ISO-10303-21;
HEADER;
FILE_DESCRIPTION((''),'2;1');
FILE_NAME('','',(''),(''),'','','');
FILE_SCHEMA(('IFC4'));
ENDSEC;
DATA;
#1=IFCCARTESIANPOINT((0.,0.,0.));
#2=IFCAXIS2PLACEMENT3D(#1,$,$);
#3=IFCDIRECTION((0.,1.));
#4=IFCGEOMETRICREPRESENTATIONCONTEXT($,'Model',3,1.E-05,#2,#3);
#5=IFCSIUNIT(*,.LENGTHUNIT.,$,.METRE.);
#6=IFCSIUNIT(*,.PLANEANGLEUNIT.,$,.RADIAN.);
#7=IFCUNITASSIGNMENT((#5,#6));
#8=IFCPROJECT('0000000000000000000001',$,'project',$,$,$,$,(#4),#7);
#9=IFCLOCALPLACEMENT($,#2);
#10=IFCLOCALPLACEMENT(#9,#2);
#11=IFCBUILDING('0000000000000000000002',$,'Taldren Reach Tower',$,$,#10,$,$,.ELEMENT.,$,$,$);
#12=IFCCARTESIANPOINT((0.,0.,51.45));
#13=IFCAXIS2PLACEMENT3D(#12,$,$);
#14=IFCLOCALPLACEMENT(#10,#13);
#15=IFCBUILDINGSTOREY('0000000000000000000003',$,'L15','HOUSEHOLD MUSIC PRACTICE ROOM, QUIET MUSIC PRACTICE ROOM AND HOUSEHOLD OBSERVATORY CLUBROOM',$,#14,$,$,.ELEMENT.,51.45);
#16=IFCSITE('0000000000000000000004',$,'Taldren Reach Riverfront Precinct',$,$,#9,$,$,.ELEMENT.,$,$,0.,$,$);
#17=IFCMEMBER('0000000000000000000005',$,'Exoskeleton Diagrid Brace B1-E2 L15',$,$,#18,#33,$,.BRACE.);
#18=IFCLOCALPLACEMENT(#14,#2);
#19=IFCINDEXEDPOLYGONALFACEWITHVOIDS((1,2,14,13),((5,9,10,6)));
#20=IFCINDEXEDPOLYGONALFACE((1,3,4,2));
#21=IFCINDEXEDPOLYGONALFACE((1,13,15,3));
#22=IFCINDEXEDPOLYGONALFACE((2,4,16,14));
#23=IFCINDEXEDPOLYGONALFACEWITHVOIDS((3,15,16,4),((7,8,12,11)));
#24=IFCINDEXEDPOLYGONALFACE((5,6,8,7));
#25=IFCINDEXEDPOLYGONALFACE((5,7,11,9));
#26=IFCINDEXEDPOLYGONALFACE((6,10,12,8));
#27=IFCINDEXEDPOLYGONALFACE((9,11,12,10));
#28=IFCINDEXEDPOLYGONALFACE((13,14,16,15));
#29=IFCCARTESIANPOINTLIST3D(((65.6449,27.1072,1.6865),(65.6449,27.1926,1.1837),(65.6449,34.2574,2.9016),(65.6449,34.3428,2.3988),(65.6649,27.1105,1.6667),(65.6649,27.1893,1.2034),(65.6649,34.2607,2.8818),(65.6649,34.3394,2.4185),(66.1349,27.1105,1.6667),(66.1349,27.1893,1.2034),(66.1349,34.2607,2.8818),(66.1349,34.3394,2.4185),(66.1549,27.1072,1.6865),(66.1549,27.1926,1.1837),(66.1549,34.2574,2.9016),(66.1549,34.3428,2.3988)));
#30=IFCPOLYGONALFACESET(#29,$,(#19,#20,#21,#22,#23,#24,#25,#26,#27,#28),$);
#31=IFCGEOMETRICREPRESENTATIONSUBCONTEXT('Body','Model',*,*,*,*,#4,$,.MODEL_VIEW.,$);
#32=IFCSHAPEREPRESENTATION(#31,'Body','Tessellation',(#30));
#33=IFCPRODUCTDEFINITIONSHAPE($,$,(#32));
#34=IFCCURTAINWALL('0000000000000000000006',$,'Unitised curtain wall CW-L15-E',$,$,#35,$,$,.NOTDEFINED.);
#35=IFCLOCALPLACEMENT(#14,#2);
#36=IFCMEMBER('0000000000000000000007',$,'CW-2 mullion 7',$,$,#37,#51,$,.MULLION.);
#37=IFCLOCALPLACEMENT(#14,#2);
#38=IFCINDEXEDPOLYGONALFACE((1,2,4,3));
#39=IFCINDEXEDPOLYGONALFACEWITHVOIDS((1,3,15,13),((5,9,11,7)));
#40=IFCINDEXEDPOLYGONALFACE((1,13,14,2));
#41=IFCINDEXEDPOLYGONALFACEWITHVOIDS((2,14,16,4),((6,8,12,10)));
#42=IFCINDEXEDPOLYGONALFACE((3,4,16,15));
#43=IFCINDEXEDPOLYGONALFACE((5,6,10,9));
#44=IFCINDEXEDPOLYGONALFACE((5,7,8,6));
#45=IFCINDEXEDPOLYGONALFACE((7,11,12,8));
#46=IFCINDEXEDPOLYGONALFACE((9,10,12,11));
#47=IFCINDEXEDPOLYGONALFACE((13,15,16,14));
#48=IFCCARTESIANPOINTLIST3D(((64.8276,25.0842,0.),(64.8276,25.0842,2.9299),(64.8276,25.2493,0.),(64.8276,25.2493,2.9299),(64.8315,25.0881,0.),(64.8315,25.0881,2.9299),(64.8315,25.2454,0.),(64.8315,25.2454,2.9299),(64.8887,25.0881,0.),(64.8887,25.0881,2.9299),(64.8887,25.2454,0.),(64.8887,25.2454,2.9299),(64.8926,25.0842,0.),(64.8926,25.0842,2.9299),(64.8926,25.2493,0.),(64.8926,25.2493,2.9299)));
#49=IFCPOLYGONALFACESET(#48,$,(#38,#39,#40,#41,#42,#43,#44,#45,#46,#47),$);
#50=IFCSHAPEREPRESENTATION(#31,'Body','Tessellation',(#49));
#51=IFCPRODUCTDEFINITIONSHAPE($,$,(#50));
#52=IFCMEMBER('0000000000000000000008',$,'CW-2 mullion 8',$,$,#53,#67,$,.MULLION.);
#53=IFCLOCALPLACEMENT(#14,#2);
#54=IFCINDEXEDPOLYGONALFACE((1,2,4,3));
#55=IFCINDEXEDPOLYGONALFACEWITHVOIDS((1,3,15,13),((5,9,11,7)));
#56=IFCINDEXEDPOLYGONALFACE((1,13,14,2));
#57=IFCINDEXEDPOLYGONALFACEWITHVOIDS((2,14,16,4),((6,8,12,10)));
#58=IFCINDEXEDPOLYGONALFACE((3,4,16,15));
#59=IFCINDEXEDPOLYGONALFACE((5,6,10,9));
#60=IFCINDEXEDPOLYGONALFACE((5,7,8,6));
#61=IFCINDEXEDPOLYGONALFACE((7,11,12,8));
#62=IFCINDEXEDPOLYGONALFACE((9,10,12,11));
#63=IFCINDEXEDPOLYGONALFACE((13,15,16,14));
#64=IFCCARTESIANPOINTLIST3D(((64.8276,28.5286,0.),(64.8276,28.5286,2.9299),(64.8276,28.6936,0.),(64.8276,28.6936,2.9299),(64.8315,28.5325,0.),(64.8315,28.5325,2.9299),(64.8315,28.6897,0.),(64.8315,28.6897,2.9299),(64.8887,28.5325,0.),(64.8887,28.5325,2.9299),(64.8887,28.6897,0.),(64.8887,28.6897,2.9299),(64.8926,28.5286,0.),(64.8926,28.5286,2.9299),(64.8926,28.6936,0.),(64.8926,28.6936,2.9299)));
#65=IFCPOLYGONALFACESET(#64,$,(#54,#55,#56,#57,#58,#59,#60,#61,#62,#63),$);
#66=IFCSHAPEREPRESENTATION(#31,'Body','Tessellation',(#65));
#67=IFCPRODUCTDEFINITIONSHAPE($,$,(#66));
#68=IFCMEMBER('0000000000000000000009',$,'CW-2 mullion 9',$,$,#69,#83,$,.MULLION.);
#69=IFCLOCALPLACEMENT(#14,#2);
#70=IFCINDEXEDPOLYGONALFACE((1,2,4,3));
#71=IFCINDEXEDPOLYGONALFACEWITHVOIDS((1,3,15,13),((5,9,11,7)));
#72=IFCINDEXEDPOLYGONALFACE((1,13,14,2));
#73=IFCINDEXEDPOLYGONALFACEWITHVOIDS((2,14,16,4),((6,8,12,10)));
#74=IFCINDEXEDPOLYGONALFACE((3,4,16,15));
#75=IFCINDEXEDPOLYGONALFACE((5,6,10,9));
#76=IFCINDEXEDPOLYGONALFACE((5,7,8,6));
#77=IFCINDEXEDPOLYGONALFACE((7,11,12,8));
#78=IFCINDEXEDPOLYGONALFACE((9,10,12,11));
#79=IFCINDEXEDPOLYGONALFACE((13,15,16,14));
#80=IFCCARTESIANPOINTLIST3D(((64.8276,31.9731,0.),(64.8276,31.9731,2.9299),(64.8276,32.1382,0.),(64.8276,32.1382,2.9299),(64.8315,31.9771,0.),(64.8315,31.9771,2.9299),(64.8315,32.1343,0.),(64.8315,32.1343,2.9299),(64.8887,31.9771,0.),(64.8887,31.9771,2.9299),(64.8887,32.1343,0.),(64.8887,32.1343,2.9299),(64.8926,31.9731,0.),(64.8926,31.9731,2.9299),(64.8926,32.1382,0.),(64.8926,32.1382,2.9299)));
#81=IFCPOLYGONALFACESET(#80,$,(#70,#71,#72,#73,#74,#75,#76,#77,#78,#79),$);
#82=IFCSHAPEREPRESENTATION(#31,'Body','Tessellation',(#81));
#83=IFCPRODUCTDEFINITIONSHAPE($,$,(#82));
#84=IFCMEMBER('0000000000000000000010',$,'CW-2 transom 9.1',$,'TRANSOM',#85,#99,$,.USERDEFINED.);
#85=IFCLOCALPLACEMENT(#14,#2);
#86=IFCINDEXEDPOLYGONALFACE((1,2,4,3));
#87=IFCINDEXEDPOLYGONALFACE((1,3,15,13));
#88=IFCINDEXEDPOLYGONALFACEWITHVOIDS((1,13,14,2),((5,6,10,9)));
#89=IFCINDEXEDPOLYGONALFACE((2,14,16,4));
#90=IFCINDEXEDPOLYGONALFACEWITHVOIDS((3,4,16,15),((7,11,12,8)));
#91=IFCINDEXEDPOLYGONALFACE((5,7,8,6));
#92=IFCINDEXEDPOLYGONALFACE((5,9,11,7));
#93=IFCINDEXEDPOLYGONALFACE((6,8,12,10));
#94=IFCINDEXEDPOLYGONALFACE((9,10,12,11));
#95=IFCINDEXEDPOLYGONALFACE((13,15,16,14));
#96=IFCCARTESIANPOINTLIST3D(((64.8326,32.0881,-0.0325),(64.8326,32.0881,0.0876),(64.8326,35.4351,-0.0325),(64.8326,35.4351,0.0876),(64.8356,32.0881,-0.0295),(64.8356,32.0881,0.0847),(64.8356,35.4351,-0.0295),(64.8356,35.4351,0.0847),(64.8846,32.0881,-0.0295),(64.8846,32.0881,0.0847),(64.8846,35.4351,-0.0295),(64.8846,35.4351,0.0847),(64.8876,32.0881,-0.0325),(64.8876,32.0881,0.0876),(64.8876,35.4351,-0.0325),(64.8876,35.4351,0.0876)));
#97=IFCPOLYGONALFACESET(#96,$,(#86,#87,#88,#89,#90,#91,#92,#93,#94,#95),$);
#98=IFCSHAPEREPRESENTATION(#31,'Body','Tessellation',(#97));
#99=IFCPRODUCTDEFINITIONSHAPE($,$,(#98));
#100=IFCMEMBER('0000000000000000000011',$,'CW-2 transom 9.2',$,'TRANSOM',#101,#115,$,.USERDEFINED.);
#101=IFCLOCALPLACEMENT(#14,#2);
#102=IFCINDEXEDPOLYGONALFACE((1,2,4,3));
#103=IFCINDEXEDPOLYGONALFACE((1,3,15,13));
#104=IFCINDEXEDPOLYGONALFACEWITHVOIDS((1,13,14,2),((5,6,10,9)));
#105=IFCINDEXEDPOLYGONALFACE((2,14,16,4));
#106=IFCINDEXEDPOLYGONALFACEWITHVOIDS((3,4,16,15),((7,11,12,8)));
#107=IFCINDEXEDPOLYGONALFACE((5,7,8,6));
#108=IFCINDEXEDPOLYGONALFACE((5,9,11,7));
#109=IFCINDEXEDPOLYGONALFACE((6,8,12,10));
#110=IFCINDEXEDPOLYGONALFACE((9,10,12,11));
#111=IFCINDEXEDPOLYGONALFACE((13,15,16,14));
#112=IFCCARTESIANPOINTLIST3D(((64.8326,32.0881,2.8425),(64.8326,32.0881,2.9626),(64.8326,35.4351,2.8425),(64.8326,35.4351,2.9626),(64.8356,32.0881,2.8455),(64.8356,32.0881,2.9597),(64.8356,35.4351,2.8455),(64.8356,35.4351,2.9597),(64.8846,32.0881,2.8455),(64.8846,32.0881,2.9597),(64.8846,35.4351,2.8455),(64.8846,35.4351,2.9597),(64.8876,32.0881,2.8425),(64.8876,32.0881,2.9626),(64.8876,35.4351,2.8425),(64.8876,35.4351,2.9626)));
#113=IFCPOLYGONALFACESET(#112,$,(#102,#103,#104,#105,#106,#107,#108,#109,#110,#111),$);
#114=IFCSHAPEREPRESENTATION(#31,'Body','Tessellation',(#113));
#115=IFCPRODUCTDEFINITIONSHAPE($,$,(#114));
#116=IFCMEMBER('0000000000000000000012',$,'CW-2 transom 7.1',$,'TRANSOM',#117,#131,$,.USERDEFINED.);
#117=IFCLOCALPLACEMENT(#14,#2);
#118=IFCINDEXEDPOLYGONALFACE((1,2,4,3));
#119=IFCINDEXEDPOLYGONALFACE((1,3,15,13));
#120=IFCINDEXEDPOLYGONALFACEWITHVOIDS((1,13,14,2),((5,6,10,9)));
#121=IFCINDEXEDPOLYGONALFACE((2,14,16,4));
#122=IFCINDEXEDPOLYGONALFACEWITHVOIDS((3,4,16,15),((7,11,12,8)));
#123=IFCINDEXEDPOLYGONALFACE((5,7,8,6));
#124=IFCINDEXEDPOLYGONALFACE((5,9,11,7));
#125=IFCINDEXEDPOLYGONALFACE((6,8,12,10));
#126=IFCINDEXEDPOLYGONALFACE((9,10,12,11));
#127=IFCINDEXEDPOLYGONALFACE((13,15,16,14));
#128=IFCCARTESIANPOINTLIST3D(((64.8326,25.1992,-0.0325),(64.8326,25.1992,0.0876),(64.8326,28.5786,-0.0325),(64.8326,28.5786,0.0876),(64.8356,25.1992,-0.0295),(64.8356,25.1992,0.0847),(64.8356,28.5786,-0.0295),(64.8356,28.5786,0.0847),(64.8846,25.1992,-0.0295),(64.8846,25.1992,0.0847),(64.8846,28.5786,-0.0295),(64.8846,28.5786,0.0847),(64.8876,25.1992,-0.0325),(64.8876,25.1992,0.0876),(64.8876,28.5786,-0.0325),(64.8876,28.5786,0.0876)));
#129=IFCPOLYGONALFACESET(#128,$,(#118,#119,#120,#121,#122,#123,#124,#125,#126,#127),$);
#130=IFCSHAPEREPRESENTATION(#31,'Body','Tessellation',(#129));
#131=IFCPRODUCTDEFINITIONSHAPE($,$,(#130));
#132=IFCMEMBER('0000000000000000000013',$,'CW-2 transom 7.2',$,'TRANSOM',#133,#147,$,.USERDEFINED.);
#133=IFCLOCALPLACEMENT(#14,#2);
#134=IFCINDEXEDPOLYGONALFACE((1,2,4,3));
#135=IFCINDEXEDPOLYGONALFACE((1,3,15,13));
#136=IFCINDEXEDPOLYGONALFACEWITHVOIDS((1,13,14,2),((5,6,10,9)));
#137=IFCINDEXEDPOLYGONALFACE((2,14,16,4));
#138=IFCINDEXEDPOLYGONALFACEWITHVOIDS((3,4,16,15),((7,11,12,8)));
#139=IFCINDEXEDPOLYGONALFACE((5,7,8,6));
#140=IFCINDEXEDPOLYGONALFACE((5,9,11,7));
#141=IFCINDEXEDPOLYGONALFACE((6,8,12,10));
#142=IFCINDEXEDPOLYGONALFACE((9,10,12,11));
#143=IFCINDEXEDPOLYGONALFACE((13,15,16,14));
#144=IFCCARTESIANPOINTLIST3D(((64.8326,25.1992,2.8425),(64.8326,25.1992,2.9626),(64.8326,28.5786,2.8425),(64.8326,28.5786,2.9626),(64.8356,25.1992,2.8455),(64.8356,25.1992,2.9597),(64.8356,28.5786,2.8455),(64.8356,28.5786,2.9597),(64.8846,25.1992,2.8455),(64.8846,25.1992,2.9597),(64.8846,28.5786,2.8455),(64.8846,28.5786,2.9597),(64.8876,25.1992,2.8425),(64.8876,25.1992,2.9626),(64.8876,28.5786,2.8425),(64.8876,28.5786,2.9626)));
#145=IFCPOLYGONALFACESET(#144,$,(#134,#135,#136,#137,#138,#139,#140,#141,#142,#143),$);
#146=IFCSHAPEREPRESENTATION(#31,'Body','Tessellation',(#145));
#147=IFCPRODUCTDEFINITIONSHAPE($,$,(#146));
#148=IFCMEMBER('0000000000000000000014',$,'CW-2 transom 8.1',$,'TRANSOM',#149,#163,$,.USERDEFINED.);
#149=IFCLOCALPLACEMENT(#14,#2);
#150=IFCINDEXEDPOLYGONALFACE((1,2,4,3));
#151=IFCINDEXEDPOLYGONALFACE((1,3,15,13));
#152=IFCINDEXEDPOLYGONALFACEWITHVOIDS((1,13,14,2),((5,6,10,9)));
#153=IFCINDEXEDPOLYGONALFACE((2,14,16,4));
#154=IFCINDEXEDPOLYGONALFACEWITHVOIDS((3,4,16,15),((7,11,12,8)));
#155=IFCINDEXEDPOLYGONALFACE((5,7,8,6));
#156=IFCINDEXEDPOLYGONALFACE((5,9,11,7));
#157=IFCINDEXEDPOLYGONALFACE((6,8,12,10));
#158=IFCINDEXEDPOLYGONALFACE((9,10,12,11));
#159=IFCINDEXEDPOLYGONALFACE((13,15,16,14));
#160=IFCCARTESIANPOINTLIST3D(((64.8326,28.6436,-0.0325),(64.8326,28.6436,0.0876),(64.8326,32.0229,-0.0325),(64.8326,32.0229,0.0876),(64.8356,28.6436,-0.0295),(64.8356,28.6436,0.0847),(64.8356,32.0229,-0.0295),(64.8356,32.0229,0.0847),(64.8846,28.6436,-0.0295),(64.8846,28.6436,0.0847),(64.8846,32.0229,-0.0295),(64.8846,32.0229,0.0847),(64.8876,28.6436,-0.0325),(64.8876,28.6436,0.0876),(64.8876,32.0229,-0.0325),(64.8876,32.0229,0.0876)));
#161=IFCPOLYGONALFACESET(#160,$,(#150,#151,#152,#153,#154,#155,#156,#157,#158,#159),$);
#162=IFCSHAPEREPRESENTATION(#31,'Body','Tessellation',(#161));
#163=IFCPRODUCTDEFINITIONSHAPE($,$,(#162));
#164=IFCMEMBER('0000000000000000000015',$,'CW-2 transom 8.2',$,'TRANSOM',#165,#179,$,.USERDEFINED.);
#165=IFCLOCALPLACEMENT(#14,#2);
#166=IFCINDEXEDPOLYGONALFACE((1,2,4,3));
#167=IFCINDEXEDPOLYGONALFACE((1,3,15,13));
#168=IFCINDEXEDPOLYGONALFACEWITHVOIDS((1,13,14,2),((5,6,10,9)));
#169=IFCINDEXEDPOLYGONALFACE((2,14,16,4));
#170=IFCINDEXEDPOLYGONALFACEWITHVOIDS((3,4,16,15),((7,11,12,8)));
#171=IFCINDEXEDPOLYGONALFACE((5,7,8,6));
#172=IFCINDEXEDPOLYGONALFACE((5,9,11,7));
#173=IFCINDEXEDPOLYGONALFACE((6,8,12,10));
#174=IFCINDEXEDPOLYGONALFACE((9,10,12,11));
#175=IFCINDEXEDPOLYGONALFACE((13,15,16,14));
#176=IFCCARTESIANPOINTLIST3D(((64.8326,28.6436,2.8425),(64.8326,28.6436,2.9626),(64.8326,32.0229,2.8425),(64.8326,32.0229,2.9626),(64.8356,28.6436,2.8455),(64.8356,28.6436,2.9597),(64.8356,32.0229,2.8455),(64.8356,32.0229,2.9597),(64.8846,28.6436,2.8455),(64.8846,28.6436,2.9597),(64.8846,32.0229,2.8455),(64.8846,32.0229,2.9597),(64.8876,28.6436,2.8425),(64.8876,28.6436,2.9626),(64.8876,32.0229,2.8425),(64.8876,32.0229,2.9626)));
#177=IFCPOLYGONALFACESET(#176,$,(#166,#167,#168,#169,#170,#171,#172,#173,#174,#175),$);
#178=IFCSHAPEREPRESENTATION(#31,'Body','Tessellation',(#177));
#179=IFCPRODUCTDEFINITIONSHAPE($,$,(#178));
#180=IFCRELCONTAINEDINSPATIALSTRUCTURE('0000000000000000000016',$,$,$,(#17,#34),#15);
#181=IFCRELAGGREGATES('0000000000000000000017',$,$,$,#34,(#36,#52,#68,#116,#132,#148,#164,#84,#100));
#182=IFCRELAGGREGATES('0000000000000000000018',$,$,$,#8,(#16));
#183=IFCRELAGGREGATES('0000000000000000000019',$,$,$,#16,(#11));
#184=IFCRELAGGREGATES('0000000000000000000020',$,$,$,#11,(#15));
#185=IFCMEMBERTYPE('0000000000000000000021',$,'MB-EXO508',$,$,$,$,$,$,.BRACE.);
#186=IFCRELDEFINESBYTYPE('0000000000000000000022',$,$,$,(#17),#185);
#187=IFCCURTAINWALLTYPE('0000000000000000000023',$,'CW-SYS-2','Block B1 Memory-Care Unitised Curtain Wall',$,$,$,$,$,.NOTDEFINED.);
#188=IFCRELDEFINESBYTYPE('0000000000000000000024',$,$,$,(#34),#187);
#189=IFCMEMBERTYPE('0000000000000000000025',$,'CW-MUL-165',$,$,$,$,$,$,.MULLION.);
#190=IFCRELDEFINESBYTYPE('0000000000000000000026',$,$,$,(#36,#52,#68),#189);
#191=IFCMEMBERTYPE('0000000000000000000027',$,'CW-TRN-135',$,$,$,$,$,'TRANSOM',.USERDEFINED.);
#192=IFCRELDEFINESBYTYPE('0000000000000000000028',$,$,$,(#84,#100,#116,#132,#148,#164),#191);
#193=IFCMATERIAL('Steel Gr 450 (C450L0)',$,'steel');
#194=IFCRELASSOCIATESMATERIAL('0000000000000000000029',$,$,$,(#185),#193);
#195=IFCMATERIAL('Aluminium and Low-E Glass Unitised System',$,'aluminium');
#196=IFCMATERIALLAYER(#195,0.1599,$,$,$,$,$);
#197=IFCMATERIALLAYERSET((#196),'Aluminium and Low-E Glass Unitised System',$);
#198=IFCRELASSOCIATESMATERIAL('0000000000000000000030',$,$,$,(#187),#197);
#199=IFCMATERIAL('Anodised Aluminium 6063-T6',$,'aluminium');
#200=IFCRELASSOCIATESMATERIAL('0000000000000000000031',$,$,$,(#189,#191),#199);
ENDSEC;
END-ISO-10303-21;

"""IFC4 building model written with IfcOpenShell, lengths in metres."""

from ifc_helpers import new_model, si_unit, direction, frame, origin, origin_2d, place, context, subcontext, project, spatial, hollow_rectangle, extrude, source, transform, mapped, material, layer, layer_set, material_profile, profile_set, type_object, element, aggregate, save


model = new_model("IFC4")

# Units and contexts
model_context = context("Model", 3, precision=1e-05, world=origin(), true_north=direction((0.0, 1.0)))
body_context = subcontext(model_context, "Body", "Model", "MODEL_VIEW")
ifc_project = project(units=[si_unit("LENGTHUNIT", "METRE"), si_unit("PLANEANGLEUNIT", "RADIAN")], contexts=[model_context])

# Site, building, storey
site_placement = place(None, origin())
site = spatial("IfcSite", under=ifc_project, at=site_placement, Name="Taldren Reach Riverfront Precinct", CompositionType="ELEMENT", RefElevation=0.0)
building_placement = place(site_placement, origin())
building = spatial("IfcBuilding", under=site, at=building_placement, Name="Taldren Reach Tower", CompositionType="ELEMENT")
storey_placement = place(building_placement, frame((0.0, 0.0, 51.45)))
storey = spatial("IfcBuildingStorey", under=building, at=storey_placement, Name="L15", Description="HOUSEHOLD MUSIC PRACTICE ROOM, QUIET MUSIC PRACTICE ROOM AND HOUSEHOLD OBSERVATORY CLUBROOM", CompositionType="ELEMENT", Elevation=51.45)

# Member
ifc_material_1 = material(Name="Steel Gr 450 (C450L0)", Category="steel")
ifc_material_profile_1 = material_profile(ifc_material_1, hollow_rectangle(XDim=0.51, YDim=0.51, WallThickness=0.02, at=origin_2d()), Name="510x510x20.0SHS")
ifc_profile_set_1 = profile_set([ifc_material_profile_1], Name="Steel Gr 450 (C450L0)")
member_type_1 = type_object("IfcMemberType", Name="MB-EXO508", PredefinedType="BRACE", material=ifc_profile_set_1)
shared_shape_1 = source(origin(), body_context, "Body", "SweptSolid", [
    extrude(hollow_rectangle(XDim=0.51, YDim=0.51, WallThickness=0.02, at=origin_2d()), origin(), (0.0, 0.0, 1.0), 7.2527),
])
member_1_placement = place(storey_placement, frame((65.8999, 27.1499, 1.4351), z_axis=(0.0, 0.985866, 0.167537), x_axis=(-1.0, 0.0, 0.0)))
element("IfcMember", 1, at=member_1_placement, inside=storey, type_object=member_type_1, Name="Exoskeleton Diagrid Brace B1-E2 L15", PredefinedType="BRACE", context=body_context, shape_type="MappedRepresentation", body=[
    mapped(shared_shape_1, transform((0.0, 0.0, 0.0), scale=1.0)),
])

# Curtain wall, members
ifc_material_2 = material(Name="Aluminium and Low-E Glass Unitised System", Category="aluminium")
ifc_layer_1 = layer(ifc_material_2, 0.1599)
ifc_layer_set_1 = layer_set([ifc_layer_1], Name="Aluminium and Low-E Glass Unitised System")
curtain_wall_type = type_object("IfcCurtainWallType", Name="CW-SYS-2", Description="Block B1 Memory-Care Unitised Curtain Wall", PredefinedType="NOTDEFINED", material=ifc_layer_set_1)
curtain_wall_placement = place(storey_placement, origin())
curtain_wall = element("IfcCurtainWall", 2, at=curtain_wall_placement, inside=storey, type_object=curtain_wall_type, Name="Unitised curtain wall CW-L15-E", PredefinedType="NOTDEFINED")
ifc_material_3 = material(Name="Anodised Aluminium 6063-T6", Category="aluminium")
ifc_material_profile_2 = material_profile(ifc_material_3, hollow_rectangle(XDim=0.0649, YDim=0.165, WallThickness=0.0039, at=origin_2d()), Name="ALU-165x65x4RHS")
ifc_profile_set_2 = profile_set([ifc_material_profile_2], Name="Anodised Aluminium 6063-T6")
member_type_2 = type_object("IfcMemberType", Name="CW-MUL-165", PredefinedType="MULLION", material=ifc_profile_set_2)
shared_shape_2 = source(origin(), body_context, "Body", "SweptSolid", [
    extrude(hollow_rectangle(XDim=0.0649, YDim=0.165, WallThickness=0.0039, at=origin_2d()), origin(), (0.0, 0.0, 1.0), 2.9299),
])
member_2_placement = place(storey_placement, frame((64.8601, 25.1667, 0.0), z_axis=(0.0, 0.0, 1.0), x_axis=(-1.0, 0.0, 0.0)))
member_2 = element("IfcMember", 3, at=member_2_placement, type_object=member_type_2, Name="CW-2 mullion 7", PredefinedType="MULLION", context=body_context, shape_type="MappedRepresentation", body=[
    mapped(shared_shape_2, transform((0.0, 0.0, 0.0), scale=1.0)),
])
member_3_placement = place(storey_placement, frame((64.8601, 28.6111, 0.0), z_axis=(0.0, 0.0, 1.0), x_axis=(-1.0, 0.0, 0.0)))
member_3 = element("IfcMember", 4, at=member_3_placement, type_object=member_type_2, Name="CW-2 mullion 8", PredefinedType="MULLION", context=body_context, shape_type="MappedRepresentation", body=[
    mapped(shared_shape_2, transform((0.0, 0.0, 0.0), scale=1.0)),
])
member_4_placement = place(storey_placement, frame((64.8601, 32.0557, 0.0), z_axis=(0.0, 0.0, 1.0), x_axis=(-1.0, 0.0, 0.0)))
member_4 = element("IfcMember", 5, at=member_4_placement, type_object=member_type_2, Name="CW-2 mullion 9", PredefinedType="MULLION", context=body_context, shape_type="MappedRepresentation", body=[
    mapped(shared_shape_2, transform((0.0, 0.0, 0.0), scale=1.0)),
])
ifc_material_profile_3 = material_profile(ifc_material_3, hollow_rectangle(XDim=0.0549, YDim=0.1201, WallThickness=0.0029, at=origin_2d()), Name="ALU-120x55x3RHS")
ifc_profile_set_3 = profile_set([ifc_material_profile_3], Name="Anodised Aluminium 6063-T6")
member_type_3 = type_object("IfcMemberType", Name="CW-TRN-135", ElementType="TRANSOM", PredefinedType="USERDEFINED", material=ifc_profile_set_3)
shared_shape_3 = source(origin(), body_context, "Body", "SweptSolid", [
    extrude(hollow_rectangle(XDim=0.0549, YDim=0.1201, WallThickness=0.0029, at=origin_2d()), origin(), (0.0, 0.0, 1.0), 3.3469),
])
member_5_placement = place(storey_placement, frame((64.8601, 32.0881, 0.0276), z_axis=(0.0, 1.0, 0.0), x_axis=(-1.0, 0.0, 0.0)))
member_5 = element("IfcMember", 6, at=member_5_placement, type_object=member_type_3, Name="CW-2 transom 9.1", ObjectType="TRANSOM", PredefinedType="USERDEFINED", context=body_context, shape_type="MappedRepresentation", body=[
    mapped(shared_shape_3, transform((0.0, 0.0, 0.0), scale=1.0)),
])
member_6_placement = place(storey_placement, frame((64.8601, 32.0881, 2.9026), z_axis=(0.0, 1.0, 0.0), x_axis=(-1.0, 0.0, 0.0)))
member_6 = element("IfcMember", 7, at=member_6_placement, type_object=member_type_3, Name="CW-2 transom 9.2", ObjectType="TRANSOM", PredefinedType="USERDEFINED", context=body_context, shape_type="MappedRepresentation", body=[
    mapped(shared_shape_3, transform((0.0, 0.0, 0.0), scale=1.0)),
])
shared_shape_4 = source(origin(), body_context, "Body", "SweptSolid", [
    extrude(hollow_rectangle(XDim=0.0549, YDim=0.1201, WallThickness=0.0029, at=origin_2d()), origin(), (0.0, 0.0, 1.0), 3.3794),
])
member_7_placement = place(storey_placement, frame((64.8601, 25.1992, 0.0276), z_axis=(0.0, 1.0, 0.0), x_axis=(-1.0, 0.0, 0.0)))
member_7 = element("IfcMember", 8, at=member_7_placement, type_object=member_type_3, Name="CW-2 transom 7.1", ObjectType="TRANSOM", PredefinedType="USERDEFINED", context=body_context, shape_type="MappedRepresentation", body=[
    mapped(shared_shape_4, transform((0.0, 0.0, 0.0), scale=1.0)),
])
member_8_placement = place(storey_placement, frame((64.8601, 25.1992, 2.9026), z_axis=(0.0, 1.0, 0.0), x_axis=(-1.0, 0.0, 0.0)))
member_8 = element("IfcMember", 9, at=member_8_placement, type_object=member_type_3, Name="CW-2 transom 7.2", ObjectType="TRANSOM", PredefinedType="USERDEFINED", context=body_context, shape_type="MappedRepresentation", body=[
    mapped(shared_shape_4, transform((0.0, 0.0, 0.0), scale=1.0)),
])
member_9_placement = place(storey_placement, frame((64.8601, 28.6436, 0.0276), z_axis=(0.0, 1.0, 0.0), x_axis=(-1.0, 0.0, 0.0)))
member_9 = element("IfcMember", 10, at=member_9_placement, type_object=member_type_3, Name="CW-2 transom 8.1", ObjectType="TRANSOM", PredefinedType="USERDEFINED", context=body_context, shape_type="MappedRepresentation", body=[
    mapped(shared_shape_4, transform((0.0, 0.0, 0.0), scale=1.0)),
])
member_10_placement = place(storey_placement, frame((64.8601, 28.6436, 2.9026), z_axis=(0.0, 1.0, 0.0), x_axis=(-1.0, 0.0, 0.0)))
member_10 = element("IfcMember", 11, at=member_10_placement, type_object=member_type_3, Name="CW-2 transom 8.2", ObjectType="TRANSOM", PredefinedType="USERDEFINED", context=body_context, shape_type="MappedRepresentation", body=[
    mapped(shared_shape_4, transform((0.0, 0.0, 0.0), scale=1.0)),
])
aggregate(curtain_wall, [member_2, member_3, member_4, member_7, member_8, member_9, member_10, member_5, member_6])

save(model, "model.ifc")
